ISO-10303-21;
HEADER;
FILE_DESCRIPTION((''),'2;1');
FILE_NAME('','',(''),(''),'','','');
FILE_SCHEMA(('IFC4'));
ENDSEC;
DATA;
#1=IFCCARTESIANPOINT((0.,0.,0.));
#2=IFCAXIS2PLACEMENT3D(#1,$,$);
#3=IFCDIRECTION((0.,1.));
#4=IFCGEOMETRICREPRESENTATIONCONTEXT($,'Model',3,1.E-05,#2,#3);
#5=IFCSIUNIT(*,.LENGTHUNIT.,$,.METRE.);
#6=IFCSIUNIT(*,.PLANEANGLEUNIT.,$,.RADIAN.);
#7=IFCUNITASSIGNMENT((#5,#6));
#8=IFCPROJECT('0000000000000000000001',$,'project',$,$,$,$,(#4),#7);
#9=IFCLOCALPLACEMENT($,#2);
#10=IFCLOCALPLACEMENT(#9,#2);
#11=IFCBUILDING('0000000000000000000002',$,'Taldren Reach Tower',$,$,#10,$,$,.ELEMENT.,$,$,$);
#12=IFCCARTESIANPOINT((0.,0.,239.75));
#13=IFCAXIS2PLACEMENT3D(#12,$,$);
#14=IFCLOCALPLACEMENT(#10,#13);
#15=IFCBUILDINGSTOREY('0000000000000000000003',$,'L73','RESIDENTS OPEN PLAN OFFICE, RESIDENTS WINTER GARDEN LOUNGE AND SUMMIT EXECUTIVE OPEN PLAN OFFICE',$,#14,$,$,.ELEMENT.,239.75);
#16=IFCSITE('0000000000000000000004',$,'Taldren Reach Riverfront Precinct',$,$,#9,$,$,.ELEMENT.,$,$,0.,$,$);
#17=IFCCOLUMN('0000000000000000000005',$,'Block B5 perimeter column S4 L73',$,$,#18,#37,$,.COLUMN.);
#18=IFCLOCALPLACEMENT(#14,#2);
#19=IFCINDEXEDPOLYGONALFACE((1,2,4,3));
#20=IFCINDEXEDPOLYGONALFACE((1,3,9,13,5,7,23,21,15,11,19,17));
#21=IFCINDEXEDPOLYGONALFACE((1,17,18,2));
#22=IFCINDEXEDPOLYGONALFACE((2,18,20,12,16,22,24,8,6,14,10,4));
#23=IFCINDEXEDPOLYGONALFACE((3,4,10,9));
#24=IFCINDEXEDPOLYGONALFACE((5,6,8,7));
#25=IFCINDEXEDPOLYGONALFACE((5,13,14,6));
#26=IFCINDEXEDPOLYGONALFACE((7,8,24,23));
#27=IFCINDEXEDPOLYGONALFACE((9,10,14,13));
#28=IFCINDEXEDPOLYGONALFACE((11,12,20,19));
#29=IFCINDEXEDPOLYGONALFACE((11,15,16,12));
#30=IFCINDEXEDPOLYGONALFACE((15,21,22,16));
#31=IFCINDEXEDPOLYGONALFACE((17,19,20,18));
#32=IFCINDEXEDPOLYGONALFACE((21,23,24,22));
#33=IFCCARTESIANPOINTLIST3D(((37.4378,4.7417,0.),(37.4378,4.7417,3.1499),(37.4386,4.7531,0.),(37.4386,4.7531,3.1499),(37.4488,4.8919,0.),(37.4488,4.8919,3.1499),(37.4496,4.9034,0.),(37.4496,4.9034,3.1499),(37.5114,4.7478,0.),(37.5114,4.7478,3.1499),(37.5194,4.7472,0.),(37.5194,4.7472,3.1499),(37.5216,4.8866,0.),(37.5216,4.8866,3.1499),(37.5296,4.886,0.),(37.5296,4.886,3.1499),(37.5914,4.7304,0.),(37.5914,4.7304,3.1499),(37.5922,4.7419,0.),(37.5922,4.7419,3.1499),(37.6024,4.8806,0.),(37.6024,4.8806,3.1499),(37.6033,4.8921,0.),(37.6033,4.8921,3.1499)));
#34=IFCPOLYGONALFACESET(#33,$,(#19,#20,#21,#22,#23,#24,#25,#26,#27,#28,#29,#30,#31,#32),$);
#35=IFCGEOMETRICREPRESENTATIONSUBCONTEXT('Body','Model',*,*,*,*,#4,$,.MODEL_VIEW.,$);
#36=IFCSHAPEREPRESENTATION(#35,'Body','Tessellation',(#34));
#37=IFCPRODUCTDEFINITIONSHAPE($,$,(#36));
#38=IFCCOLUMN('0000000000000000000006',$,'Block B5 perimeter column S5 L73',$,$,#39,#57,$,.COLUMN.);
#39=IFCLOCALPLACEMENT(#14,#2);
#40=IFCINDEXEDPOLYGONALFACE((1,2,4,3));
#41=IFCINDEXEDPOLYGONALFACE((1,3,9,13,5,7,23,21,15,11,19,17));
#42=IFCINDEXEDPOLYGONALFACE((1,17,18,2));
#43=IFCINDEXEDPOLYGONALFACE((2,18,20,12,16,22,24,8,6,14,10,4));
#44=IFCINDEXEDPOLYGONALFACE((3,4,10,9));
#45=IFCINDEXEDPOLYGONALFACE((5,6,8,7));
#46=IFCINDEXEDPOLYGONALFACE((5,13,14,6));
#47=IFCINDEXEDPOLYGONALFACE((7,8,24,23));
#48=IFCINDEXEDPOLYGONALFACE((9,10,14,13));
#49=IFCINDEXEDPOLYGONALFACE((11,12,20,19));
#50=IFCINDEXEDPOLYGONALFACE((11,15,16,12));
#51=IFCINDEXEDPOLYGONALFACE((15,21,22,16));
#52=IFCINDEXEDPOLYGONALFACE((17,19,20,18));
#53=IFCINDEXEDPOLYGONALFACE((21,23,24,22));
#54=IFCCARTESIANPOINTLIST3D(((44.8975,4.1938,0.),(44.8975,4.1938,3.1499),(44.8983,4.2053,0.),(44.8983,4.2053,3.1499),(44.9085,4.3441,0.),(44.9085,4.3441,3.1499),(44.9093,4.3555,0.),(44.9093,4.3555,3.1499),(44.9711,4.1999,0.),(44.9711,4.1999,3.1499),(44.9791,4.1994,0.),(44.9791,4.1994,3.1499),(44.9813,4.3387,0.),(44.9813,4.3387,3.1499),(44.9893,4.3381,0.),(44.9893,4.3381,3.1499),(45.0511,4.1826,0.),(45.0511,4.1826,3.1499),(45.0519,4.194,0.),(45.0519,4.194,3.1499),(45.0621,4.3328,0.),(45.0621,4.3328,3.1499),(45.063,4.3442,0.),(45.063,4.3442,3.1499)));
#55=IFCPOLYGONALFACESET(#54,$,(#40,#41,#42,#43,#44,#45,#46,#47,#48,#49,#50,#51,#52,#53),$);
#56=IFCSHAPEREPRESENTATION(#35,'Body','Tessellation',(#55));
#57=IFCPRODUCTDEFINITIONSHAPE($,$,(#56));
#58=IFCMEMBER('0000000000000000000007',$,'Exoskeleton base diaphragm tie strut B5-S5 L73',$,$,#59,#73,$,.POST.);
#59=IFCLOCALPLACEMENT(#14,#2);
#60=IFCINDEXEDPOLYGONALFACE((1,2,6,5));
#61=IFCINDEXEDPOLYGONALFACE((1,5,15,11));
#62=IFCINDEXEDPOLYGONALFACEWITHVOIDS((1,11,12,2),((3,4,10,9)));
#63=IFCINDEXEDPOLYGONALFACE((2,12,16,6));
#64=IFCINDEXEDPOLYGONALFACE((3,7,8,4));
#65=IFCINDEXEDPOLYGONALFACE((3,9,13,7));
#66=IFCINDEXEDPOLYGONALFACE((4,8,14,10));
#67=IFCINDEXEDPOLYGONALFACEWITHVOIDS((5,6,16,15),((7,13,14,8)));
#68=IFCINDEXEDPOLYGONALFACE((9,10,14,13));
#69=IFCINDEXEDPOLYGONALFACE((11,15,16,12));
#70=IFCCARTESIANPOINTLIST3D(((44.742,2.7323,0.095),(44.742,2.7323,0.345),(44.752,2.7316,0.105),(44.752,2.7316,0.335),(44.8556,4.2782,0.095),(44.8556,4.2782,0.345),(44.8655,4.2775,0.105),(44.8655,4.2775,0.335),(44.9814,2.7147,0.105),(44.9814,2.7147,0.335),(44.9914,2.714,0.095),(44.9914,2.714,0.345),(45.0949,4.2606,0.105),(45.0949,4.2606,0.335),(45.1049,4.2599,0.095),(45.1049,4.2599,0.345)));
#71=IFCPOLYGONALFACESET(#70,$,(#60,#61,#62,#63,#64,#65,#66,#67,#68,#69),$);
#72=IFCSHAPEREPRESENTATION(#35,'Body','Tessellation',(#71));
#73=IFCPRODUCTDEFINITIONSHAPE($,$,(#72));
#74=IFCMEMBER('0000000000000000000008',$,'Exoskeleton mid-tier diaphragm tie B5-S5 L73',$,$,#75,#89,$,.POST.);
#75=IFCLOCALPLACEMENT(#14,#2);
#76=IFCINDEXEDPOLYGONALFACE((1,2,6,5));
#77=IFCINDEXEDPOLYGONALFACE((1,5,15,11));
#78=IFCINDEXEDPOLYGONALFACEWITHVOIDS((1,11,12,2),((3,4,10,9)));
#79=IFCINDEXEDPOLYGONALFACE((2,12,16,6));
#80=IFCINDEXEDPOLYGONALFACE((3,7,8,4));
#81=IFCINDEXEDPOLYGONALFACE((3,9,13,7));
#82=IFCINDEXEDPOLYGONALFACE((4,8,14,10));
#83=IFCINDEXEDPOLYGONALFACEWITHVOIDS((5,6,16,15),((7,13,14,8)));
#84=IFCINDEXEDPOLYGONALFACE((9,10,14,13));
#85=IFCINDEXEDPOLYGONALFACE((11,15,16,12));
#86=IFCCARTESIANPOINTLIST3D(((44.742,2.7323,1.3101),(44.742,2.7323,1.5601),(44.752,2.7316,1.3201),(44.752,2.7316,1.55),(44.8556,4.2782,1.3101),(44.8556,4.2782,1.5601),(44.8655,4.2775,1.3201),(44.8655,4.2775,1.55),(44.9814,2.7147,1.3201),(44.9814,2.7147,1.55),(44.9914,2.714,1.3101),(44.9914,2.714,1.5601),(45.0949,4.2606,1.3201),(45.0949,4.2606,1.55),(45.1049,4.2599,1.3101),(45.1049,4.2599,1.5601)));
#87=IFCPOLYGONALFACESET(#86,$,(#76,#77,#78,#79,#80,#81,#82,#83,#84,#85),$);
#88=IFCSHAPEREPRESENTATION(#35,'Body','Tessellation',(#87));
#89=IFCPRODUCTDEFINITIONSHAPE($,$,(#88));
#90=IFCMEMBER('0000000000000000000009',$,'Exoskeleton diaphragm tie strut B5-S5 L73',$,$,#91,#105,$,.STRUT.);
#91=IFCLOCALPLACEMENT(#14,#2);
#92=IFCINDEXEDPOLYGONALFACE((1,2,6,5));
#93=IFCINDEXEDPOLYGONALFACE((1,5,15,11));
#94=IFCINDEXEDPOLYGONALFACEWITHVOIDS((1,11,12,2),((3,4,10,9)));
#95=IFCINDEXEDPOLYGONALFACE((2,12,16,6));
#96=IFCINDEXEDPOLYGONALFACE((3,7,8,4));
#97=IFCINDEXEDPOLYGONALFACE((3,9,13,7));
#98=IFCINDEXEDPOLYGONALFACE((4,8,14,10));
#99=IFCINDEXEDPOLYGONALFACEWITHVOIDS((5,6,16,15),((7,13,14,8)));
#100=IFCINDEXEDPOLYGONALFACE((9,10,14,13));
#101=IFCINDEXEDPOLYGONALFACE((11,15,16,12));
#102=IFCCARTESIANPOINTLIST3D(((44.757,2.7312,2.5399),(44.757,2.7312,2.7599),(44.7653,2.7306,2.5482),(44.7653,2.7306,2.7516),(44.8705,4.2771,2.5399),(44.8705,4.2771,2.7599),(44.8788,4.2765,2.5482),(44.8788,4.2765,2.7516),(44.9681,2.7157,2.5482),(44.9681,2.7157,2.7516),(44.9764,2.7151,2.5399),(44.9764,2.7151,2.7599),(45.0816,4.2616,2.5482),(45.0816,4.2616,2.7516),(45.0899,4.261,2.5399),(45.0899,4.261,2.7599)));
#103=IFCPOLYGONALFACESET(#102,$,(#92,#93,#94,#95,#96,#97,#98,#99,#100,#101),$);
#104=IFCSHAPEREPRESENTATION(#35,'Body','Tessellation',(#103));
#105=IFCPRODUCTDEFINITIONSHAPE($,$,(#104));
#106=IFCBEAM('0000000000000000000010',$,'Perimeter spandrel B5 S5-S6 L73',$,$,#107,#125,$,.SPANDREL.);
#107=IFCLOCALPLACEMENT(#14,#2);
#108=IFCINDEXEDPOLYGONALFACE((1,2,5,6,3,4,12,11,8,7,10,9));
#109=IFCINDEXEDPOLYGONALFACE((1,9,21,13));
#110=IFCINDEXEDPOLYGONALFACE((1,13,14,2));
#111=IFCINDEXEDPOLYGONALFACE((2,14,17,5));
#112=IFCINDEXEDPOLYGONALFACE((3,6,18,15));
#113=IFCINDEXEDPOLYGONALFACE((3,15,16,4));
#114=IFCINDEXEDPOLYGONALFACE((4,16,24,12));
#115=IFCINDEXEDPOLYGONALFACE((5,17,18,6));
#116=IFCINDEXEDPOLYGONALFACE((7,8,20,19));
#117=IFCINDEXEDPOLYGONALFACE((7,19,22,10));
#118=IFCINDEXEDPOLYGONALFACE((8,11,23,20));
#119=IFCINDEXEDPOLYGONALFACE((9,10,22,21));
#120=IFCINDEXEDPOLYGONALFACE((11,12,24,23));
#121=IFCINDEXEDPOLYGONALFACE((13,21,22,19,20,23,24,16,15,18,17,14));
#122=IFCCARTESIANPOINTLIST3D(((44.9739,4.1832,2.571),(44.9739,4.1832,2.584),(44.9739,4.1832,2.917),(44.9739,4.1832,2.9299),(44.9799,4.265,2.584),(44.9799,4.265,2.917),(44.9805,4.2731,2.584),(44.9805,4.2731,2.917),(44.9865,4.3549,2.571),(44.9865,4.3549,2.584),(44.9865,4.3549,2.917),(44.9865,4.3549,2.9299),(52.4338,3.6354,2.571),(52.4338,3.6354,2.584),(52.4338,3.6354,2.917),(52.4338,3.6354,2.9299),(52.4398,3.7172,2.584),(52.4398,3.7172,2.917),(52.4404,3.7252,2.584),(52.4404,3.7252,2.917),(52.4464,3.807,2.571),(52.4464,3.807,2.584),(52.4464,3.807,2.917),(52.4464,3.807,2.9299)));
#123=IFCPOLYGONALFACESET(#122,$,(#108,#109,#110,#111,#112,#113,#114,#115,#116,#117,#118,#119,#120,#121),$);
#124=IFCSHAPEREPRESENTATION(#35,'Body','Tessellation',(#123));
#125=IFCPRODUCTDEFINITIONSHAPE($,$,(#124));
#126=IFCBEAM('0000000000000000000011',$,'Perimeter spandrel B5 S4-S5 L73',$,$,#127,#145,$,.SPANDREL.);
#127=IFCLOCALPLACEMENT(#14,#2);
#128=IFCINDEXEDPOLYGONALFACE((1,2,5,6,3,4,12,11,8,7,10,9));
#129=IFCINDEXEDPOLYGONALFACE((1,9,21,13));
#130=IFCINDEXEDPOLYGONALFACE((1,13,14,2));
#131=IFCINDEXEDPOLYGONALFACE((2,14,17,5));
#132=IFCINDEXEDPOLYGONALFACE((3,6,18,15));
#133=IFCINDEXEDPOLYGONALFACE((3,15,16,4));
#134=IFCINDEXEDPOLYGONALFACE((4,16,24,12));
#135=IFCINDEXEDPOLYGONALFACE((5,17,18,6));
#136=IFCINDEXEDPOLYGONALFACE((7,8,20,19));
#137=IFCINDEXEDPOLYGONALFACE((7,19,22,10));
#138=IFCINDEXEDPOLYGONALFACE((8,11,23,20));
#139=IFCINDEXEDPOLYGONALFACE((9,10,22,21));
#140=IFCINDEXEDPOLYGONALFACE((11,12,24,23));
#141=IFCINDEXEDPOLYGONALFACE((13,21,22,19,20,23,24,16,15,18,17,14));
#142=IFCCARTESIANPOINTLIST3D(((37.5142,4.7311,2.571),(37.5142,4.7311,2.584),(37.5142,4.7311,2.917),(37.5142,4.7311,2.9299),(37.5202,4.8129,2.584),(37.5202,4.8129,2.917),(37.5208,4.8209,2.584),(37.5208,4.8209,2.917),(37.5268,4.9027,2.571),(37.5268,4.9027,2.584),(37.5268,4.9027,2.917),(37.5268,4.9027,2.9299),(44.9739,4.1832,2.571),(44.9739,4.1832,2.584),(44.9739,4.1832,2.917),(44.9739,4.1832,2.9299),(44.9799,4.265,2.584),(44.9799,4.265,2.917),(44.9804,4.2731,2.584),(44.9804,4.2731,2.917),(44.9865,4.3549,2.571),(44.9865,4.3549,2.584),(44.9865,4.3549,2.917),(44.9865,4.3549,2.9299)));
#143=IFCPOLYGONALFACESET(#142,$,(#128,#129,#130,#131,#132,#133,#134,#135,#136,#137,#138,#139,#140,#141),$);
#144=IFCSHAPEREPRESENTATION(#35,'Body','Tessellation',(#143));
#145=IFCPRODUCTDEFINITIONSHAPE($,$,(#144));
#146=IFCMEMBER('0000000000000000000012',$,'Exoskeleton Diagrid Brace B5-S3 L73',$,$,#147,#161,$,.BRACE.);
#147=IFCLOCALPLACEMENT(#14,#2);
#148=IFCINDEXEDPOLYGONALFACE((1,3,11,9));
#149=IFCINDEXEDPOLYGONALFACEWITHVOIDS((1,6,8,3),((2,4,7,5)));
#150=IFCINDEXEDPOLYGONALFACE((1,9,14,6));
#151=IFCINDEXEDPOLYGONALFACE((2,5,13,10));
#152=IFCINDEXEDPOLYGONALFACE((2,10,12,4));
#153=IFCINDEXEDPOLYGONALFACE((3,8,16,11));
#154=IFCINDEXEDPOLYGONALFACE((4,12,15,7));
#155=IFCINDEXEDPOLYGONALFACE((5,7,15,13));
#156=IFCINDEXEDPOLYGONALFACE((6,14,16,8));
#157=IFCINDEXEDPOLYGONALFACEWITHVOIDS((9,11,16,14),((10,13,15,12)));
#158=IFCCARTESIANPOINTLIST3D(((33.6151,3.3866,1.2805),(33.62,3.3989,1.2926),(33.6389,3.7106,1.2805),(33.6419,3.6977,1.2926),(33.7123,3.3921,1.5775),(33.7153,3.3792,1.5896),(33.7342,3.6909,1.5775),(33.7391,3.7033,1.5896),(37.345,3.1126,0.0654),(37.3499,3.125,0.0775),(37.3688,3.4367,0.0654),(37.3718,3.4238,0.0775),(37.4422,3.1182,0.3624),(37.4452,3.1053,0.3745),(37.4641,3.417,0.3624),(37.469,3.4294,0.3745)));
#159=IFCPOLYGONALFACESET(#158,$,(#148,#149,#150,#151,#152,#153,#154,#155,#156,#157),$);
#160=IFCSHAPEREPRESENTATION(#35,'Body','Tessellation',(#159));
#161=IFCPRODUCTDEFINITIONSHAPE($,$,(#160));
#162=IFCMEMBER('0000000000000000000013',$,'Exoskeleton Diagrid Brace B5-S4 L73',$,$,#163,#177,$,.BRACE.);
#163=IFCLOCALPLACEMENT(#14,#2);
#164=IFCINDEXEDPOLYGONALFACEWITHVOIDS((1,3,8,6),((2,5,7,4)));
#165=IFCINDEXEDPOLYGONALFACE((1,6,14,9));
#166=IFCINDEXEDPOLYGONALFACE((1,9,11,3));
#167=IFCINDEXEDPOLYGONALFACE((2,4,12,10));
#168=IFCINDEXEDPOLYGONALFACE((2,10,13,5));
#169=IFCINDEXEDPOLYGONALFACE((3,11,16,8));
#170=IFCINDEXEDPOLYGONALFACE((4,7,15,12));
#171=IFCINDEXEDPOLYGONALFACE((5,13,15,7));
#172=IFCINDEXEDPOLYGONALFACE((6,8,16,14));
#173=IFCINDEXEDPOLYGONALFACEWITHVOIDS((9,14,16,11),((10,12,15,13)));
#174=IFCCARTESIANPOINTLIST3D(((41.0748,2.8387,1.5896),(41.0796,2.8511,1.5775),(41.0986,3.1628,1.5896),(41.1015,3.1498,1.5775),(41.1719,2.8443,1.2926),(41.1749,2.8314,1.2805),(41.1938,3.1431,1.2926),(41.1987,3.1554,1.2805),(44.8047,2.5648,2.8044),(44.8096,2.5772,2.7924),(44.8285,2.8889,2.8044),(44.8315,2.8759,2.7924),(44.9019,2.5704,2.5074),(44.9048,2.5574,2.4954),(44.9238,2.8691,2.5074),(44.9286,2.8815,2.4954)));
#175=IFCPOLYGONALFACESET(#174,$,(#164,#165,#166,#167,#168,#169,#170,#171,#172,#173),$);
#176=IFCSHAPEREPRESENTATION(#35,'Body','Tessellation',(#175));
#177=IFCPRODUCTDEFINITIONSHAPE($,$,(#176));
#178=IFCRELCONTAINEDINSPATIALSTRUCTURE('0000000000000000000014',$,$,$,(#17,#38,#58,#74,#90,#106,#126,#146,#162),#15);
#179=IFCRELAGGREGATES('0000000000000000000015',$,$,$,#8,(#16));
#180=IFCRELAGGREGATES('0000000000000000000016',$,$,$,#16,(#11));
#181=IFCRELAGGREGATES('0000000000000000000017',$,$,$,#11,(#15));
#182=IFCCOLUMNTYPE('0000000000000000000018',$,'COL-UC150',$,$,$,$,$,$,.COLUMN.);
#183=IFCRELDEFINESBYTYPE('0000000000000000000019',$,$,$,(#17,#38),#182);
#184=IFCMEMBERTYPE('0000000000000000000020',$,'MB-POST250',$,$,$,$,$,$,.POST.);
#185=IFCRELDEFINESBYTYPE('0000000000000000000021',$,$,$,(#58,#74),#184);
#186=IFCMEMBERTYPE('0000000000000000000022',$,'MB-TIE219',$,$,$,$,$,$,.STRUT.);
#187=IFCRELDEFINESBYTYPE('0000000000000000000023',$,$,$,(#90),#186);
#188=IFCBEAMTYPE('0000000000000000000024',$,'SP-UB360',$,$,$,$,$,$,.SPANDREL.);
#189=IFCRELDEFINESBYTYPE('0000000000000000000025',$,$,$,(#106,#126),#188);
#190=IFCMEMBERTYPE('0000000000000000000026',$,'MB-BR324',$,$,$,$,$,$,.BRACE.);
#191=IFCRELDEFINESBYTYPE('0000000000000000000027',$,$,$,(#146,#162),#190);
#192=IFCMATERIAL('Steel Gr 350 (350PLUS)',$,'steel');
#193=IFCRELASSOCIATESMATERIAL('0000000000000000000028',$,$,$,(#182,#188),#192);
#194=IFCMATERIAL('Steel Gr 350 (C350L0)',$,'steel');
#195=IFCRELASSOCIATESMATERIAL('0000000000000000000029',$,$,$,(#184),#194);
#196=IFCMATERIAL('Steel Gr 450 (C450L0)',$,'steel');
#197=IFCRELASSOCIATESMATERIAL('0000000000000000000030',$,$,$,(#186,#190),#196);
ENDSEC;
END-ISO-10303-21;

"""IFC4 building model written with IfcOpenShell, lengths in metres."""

from ifc_helpers import new_model, si_unit, direction, frame, origin, origin_2d, place, context, subcontext, project, spatial, hollow_rectangle, i_section, extrude, source, transform, mapped, material, material_profile, profile_set, type_object, element, save


model = new_model("IFC4")

# Units and contexts
model_context = context("Model", 3, precision=1e-05, world=origin(), true_north=direction((0.0, 1.0)))
body_context = subcontext(model_context, "Body", "Model", "MODEL_VIEW")
ifc_project = project(units=[si_unit("LENGTHUNIT", "METRE"), si_unit("PLANEANGLEUNIT", "RADIAN")], contexts=[model_context])

# Site, building, storey
site_placement = place(None, origin())
site = spatial("IfcSite", under=ifc_project, at=site_placement, Name="Taldren Reach Riverfront Precinct", CompositionType="ELEMENT", RefElevation=0.0)
building_placement = place(site_placement, origin())
building = spatial("IfcBuilding", under=site, at=building_placement, Name="Taldren Reach Tower", CompositionType="ELEMENT")
storey_placement = place(building_placement, frame((0.0, 0.0, 239.75)))
storey = spatial("IfcBuildingStorey", under=building, at=storey_placement, Name="L73", Description="RESIDENTS OPEN PLAN OFFICE, RESIDENTS WINTER GARDEN LOUNGE AND SUMMIT EXECUTIVE OPEN PLAN OFFICE", CompositionType="ELEMENT", Elevation=239.75)

# Columns
ifc_material_1 = material(Name="Steel Gr 350 (350PLUS)", Category="steel")
ifc_material_profile_1 = material_profile(ifc_material_1, i_section(OverallWidth=0.1541, OverallDepth=0.1621, WebThickness=0.0081, FlangeThickness=0.0115, at=origin_2d()), Name="150UC37.2")
ifc_profile_set_1 = profile_set([ifc_material_profile_1], Name="Steel Gr 350 (350PLUS)")
column_type = type_object("IfcColumnType", Name="COL-UC150", PredefinedType="COLUMN", material=ifc_profile_set_1)
shared_shape_1 = source(origin(), body_context, "Body", "SweptSolid", [
    extrude(i_section(OverallWidth=0.1541, OverallDepth=0.1621, WebThickness=0.0081, FlangeThickness=0.0115, at=origin_2d()), origin(), (0.0, 0.0, 1.0), 3.1499),
])
for number, where, z_axis, x_axis, name in (
    (1, (37.5205, 4.8169, 0.0), (0.0, 0.0, 1.0), (0.997314, -0.073238, 0.0), "Block B5 perimeter column S4 L73"),
    (2, (44.9802, 4.269, 0.0), (0.0, 0.0, 1.0), (0.997314, -0.073238, 0.0), "Block B5 perimeter column S5 L73"),
):
    element("IfcColumn", number, at=place(storey_placement, frame(where, z_axis=z_axis, x_axis=x_axis)), inside=storey, type_object=column_type, Name=name, PredefinedType="COLUMN", context=body_context, shape_type="MappedRepresentation", body=[
        mapped(shared_shape_1, transform((0.0, 0.0, 0.0), scale=1.0)),
    ])

# Members
ifc_material_2 = material(Name="Steel Gr 350 (C350L0)", Category="steel")
ifc_material_profile_2 = material_profile(ifc_material_2, hollow_rectangle(XDim=0.25, YDim=0.25, WallThickness=0.01, at=origin_2d()), Name="250x250x10.0SHS")
ifc_profile_set_2 = profile_set([ifc_material_profile_2], Name="Steel Gr 350 (C350L0)")
member_type_1 = type_object("IfcMemberType", Name="MB-POST250", PredefinedType="POST", material=ifc_profile_set_2)
shared_shape_2 = source(origin(), body_context, "Body", "SweptSolid", [
    extrude(hollow_rectangle(XDim=0.25, YDim=0.25, WallThickness=0.01, at=origin_2d()), origin(), (0.0, 0.0, 1.0), 1.55),
])
for number, where, z_axis, x_axis, name in (
    (3, (44.9802, 4.269, 0.22), (-0.073239, -0.997314, 0.0), (0.997314, -0.073239, 0.0), "Exoskeleton base diaphragm tie strut B5-S5 L73"),
    (4, (44.9802, 4.269, 1.4351), (-0.073239, -0.997314, 0.0), (0.997314, -0.073239, 0.0), "Exoskeleton mid-tier diaphragm tie B5-S5 L73"),
):
    element("IfcMember", number, at=place(storey_placement, frame(where, z_axis=z_axis, x_axis=x_axis)), inside=storey, type_object=member_type_1, Name=name, PredefinedType="POST", context=body_context, shape_type="MappedRepresentation", body=[
        mapped(shared_shape_2, transform((0.0, 0.0, 0.0), scale=1.0)),
    ])
ifc_material_3 = material(Name="Steel Gr 450 (C450L0)", Category="steel")
ifc_material_profile_3 = material_profile(ifc_material_3, hollow_rectangle(XDim=0.22, YDim=0.22, WallThickness=0.0083, at=origin_2d()), Name="220x220x8.2SHS")
ifc_profile_set_3 = profile_set([ifc_material_profile_3], Name="Steel Gr 450 (C450L0)")
member_type_2 = type_object("IfcMemberType", Name="MB-TIE219", PredefinedType="STRUT", material=ifc_profile_set_3)
shared_shape_3 = source(origin(), body_context, "Body", "SweptSolid", [
    extrude(hollow_rectangle(XDim=0.22, YDim=0.22, WallThickness=0.0083, at=origin_2d()), origin(), (0.0, 0.0, 1.0), 1.55),
])
member_1_placement = place(storey_placement, frame((44.9802, 4.269, 2.6499), z_axis=(-0.073239, -0.997314, 0.0), x_axis=(0.997314, -0.073239, 0.0)))
element("IfcMember", 5, at=member_1_placement, inside=storey, type_object=member_type_2, Name="Exoskeleton diaphragm tie strut B5-S5 L73", PredefinedType="STRUT", context=body_context, shape_type="MappedRepresentation", body=[
    mapped(shared_shape_3, transform((0.0, 0.0, 0.0), scale=1.0)),
])

# Beams
ifc_material_profile_4 = material_profile(ifc_material_1, i_section(OverallWidth=0.1721, OverallDepth=0.3589, WebThickness=0.0081, FlangeThickness=0.0129, at=origin_2d()), Name="360UB56.7")
ifc_profile_set_4 = profile_set([ifc_material_profile_4], Name="Steel Gr 350 (350PLUS)")
beam_type = type_object("IfcBeamType", Name="SP-UB360", PredefinedType="SPANDREL", material=ifc_profile_set_4)
shared_shape_4 = source(origin(), body_context, "Body", "SweptSolid", [
    extrude(i_section(OverallWidth=0.1721, OverallDepth=0.3589, WebThickness=0.0081, FlangeThickness=0.0129, at=origin_2d()), origin(), (0.0, 0.0, 1.0), 7.48),
])
beam_1_placement = place(storey_placement, frame((44.9802, 4.269, 2.7505), z_axis=(0.997314, -0.073242, 0.0), x_axis=(0.073242, 0.997314, 0.0)))
element("IfcBeam", 6, at=beam_1_placement, inside=storey, type_object=beam_type, Name="Perimeter spandrel B5 S5-S6 L73", PredefinedType="SPANDREL", context=body_context, shape_type="MappedRepresentation", body=[
    mapped(shared_shape_4, transform((0.0, 0.0, 0.0), scale=1.0)),
])
shared_shape_5 = source(origin(), body_context, "Body", "SweptSolid", [
    extrude(i_section(OverallWidth=0.1721, OverallDepth=0.3589, WebThickness=0.0081, FlangeThickness=0.0129, at=origin_2d()), origin(), (0.0, 0.0, 1.0), 7.4797),
])
beam_2_placement = place(storey_placement, frame((37.5205, 4.8169, 2.7505), z_axis=(0.997314, -0.073244, 0.0), x_axis=(0.073244, 0.997314, 0.0)))
element("IfcBeam", 7, at=beam_2_placement, inside=storey, type_object=beam_type, Name="Perimeter spandrel B5 S4-S5 L73", PredefinedType="SPANDREL", context=body_context, shape_type="MappedRepresentation", body=[
    mapped(shared_shape_5, transform((0.0, 0.0, 0.0), scale=1.0)),
])

# Members
ifc_material_profile_5 = material_profile(ifc_material_3, hollow_rectangle(XDim=0.325, YDim=0.325, WallThickness=0.0127, at=origin_2d()), Name="325x325x12.7SHS")
ifc_profile_set_5 = profile_set([ifc_material_profile_5], Name="Steel Gr 450 (C450L0)")
member_type_3 = type_object("IfcMemberType", Name="MB-BR324", PredefinedType="BRACE", material=ifc_profile_set_5)
shared_shape_6 = source(origin(), body_context, "Body", "SweptSolid", [
    extrude(hollow_rectangle(XDim=0.325, YDim=0.325, WallThickness=0.0127, at=origin_2d()), origin(), (0.0, 0.0, 1.0), 3.9324),
])
for number, where, z_axis, x_axis, name in (
    (8, (37.407, 3.271, 0.22), (-0.948511, 0.069658, 0.308989), (-0.073242, -0.997314, 0.0), "Exoskeleton Diagrid Brace B5-S3 L73"),
    (9, (41.1367, 2.9971, 1.4351), (0.948529, -0.069659, 0.308933), (0.073242, 0.997314, 0.0), "Exoskeleton Diagrid Brace B5-S4 L73"),
):
    element("IfcMember", number, at=place(storey_placement, frame(where, z_axis=z_axis, x_axis=x_axis)), inside=storey, type_object=member_type_3, Name=name, PredefinedType="BRACE", context=body_context, shape_type="MappedRepresentation", body=[
        mapped(shared_shape_6, transform((0.0, 0.0, 0.0), scale=1.0)),
    ])

save(model, "model.ifc")
